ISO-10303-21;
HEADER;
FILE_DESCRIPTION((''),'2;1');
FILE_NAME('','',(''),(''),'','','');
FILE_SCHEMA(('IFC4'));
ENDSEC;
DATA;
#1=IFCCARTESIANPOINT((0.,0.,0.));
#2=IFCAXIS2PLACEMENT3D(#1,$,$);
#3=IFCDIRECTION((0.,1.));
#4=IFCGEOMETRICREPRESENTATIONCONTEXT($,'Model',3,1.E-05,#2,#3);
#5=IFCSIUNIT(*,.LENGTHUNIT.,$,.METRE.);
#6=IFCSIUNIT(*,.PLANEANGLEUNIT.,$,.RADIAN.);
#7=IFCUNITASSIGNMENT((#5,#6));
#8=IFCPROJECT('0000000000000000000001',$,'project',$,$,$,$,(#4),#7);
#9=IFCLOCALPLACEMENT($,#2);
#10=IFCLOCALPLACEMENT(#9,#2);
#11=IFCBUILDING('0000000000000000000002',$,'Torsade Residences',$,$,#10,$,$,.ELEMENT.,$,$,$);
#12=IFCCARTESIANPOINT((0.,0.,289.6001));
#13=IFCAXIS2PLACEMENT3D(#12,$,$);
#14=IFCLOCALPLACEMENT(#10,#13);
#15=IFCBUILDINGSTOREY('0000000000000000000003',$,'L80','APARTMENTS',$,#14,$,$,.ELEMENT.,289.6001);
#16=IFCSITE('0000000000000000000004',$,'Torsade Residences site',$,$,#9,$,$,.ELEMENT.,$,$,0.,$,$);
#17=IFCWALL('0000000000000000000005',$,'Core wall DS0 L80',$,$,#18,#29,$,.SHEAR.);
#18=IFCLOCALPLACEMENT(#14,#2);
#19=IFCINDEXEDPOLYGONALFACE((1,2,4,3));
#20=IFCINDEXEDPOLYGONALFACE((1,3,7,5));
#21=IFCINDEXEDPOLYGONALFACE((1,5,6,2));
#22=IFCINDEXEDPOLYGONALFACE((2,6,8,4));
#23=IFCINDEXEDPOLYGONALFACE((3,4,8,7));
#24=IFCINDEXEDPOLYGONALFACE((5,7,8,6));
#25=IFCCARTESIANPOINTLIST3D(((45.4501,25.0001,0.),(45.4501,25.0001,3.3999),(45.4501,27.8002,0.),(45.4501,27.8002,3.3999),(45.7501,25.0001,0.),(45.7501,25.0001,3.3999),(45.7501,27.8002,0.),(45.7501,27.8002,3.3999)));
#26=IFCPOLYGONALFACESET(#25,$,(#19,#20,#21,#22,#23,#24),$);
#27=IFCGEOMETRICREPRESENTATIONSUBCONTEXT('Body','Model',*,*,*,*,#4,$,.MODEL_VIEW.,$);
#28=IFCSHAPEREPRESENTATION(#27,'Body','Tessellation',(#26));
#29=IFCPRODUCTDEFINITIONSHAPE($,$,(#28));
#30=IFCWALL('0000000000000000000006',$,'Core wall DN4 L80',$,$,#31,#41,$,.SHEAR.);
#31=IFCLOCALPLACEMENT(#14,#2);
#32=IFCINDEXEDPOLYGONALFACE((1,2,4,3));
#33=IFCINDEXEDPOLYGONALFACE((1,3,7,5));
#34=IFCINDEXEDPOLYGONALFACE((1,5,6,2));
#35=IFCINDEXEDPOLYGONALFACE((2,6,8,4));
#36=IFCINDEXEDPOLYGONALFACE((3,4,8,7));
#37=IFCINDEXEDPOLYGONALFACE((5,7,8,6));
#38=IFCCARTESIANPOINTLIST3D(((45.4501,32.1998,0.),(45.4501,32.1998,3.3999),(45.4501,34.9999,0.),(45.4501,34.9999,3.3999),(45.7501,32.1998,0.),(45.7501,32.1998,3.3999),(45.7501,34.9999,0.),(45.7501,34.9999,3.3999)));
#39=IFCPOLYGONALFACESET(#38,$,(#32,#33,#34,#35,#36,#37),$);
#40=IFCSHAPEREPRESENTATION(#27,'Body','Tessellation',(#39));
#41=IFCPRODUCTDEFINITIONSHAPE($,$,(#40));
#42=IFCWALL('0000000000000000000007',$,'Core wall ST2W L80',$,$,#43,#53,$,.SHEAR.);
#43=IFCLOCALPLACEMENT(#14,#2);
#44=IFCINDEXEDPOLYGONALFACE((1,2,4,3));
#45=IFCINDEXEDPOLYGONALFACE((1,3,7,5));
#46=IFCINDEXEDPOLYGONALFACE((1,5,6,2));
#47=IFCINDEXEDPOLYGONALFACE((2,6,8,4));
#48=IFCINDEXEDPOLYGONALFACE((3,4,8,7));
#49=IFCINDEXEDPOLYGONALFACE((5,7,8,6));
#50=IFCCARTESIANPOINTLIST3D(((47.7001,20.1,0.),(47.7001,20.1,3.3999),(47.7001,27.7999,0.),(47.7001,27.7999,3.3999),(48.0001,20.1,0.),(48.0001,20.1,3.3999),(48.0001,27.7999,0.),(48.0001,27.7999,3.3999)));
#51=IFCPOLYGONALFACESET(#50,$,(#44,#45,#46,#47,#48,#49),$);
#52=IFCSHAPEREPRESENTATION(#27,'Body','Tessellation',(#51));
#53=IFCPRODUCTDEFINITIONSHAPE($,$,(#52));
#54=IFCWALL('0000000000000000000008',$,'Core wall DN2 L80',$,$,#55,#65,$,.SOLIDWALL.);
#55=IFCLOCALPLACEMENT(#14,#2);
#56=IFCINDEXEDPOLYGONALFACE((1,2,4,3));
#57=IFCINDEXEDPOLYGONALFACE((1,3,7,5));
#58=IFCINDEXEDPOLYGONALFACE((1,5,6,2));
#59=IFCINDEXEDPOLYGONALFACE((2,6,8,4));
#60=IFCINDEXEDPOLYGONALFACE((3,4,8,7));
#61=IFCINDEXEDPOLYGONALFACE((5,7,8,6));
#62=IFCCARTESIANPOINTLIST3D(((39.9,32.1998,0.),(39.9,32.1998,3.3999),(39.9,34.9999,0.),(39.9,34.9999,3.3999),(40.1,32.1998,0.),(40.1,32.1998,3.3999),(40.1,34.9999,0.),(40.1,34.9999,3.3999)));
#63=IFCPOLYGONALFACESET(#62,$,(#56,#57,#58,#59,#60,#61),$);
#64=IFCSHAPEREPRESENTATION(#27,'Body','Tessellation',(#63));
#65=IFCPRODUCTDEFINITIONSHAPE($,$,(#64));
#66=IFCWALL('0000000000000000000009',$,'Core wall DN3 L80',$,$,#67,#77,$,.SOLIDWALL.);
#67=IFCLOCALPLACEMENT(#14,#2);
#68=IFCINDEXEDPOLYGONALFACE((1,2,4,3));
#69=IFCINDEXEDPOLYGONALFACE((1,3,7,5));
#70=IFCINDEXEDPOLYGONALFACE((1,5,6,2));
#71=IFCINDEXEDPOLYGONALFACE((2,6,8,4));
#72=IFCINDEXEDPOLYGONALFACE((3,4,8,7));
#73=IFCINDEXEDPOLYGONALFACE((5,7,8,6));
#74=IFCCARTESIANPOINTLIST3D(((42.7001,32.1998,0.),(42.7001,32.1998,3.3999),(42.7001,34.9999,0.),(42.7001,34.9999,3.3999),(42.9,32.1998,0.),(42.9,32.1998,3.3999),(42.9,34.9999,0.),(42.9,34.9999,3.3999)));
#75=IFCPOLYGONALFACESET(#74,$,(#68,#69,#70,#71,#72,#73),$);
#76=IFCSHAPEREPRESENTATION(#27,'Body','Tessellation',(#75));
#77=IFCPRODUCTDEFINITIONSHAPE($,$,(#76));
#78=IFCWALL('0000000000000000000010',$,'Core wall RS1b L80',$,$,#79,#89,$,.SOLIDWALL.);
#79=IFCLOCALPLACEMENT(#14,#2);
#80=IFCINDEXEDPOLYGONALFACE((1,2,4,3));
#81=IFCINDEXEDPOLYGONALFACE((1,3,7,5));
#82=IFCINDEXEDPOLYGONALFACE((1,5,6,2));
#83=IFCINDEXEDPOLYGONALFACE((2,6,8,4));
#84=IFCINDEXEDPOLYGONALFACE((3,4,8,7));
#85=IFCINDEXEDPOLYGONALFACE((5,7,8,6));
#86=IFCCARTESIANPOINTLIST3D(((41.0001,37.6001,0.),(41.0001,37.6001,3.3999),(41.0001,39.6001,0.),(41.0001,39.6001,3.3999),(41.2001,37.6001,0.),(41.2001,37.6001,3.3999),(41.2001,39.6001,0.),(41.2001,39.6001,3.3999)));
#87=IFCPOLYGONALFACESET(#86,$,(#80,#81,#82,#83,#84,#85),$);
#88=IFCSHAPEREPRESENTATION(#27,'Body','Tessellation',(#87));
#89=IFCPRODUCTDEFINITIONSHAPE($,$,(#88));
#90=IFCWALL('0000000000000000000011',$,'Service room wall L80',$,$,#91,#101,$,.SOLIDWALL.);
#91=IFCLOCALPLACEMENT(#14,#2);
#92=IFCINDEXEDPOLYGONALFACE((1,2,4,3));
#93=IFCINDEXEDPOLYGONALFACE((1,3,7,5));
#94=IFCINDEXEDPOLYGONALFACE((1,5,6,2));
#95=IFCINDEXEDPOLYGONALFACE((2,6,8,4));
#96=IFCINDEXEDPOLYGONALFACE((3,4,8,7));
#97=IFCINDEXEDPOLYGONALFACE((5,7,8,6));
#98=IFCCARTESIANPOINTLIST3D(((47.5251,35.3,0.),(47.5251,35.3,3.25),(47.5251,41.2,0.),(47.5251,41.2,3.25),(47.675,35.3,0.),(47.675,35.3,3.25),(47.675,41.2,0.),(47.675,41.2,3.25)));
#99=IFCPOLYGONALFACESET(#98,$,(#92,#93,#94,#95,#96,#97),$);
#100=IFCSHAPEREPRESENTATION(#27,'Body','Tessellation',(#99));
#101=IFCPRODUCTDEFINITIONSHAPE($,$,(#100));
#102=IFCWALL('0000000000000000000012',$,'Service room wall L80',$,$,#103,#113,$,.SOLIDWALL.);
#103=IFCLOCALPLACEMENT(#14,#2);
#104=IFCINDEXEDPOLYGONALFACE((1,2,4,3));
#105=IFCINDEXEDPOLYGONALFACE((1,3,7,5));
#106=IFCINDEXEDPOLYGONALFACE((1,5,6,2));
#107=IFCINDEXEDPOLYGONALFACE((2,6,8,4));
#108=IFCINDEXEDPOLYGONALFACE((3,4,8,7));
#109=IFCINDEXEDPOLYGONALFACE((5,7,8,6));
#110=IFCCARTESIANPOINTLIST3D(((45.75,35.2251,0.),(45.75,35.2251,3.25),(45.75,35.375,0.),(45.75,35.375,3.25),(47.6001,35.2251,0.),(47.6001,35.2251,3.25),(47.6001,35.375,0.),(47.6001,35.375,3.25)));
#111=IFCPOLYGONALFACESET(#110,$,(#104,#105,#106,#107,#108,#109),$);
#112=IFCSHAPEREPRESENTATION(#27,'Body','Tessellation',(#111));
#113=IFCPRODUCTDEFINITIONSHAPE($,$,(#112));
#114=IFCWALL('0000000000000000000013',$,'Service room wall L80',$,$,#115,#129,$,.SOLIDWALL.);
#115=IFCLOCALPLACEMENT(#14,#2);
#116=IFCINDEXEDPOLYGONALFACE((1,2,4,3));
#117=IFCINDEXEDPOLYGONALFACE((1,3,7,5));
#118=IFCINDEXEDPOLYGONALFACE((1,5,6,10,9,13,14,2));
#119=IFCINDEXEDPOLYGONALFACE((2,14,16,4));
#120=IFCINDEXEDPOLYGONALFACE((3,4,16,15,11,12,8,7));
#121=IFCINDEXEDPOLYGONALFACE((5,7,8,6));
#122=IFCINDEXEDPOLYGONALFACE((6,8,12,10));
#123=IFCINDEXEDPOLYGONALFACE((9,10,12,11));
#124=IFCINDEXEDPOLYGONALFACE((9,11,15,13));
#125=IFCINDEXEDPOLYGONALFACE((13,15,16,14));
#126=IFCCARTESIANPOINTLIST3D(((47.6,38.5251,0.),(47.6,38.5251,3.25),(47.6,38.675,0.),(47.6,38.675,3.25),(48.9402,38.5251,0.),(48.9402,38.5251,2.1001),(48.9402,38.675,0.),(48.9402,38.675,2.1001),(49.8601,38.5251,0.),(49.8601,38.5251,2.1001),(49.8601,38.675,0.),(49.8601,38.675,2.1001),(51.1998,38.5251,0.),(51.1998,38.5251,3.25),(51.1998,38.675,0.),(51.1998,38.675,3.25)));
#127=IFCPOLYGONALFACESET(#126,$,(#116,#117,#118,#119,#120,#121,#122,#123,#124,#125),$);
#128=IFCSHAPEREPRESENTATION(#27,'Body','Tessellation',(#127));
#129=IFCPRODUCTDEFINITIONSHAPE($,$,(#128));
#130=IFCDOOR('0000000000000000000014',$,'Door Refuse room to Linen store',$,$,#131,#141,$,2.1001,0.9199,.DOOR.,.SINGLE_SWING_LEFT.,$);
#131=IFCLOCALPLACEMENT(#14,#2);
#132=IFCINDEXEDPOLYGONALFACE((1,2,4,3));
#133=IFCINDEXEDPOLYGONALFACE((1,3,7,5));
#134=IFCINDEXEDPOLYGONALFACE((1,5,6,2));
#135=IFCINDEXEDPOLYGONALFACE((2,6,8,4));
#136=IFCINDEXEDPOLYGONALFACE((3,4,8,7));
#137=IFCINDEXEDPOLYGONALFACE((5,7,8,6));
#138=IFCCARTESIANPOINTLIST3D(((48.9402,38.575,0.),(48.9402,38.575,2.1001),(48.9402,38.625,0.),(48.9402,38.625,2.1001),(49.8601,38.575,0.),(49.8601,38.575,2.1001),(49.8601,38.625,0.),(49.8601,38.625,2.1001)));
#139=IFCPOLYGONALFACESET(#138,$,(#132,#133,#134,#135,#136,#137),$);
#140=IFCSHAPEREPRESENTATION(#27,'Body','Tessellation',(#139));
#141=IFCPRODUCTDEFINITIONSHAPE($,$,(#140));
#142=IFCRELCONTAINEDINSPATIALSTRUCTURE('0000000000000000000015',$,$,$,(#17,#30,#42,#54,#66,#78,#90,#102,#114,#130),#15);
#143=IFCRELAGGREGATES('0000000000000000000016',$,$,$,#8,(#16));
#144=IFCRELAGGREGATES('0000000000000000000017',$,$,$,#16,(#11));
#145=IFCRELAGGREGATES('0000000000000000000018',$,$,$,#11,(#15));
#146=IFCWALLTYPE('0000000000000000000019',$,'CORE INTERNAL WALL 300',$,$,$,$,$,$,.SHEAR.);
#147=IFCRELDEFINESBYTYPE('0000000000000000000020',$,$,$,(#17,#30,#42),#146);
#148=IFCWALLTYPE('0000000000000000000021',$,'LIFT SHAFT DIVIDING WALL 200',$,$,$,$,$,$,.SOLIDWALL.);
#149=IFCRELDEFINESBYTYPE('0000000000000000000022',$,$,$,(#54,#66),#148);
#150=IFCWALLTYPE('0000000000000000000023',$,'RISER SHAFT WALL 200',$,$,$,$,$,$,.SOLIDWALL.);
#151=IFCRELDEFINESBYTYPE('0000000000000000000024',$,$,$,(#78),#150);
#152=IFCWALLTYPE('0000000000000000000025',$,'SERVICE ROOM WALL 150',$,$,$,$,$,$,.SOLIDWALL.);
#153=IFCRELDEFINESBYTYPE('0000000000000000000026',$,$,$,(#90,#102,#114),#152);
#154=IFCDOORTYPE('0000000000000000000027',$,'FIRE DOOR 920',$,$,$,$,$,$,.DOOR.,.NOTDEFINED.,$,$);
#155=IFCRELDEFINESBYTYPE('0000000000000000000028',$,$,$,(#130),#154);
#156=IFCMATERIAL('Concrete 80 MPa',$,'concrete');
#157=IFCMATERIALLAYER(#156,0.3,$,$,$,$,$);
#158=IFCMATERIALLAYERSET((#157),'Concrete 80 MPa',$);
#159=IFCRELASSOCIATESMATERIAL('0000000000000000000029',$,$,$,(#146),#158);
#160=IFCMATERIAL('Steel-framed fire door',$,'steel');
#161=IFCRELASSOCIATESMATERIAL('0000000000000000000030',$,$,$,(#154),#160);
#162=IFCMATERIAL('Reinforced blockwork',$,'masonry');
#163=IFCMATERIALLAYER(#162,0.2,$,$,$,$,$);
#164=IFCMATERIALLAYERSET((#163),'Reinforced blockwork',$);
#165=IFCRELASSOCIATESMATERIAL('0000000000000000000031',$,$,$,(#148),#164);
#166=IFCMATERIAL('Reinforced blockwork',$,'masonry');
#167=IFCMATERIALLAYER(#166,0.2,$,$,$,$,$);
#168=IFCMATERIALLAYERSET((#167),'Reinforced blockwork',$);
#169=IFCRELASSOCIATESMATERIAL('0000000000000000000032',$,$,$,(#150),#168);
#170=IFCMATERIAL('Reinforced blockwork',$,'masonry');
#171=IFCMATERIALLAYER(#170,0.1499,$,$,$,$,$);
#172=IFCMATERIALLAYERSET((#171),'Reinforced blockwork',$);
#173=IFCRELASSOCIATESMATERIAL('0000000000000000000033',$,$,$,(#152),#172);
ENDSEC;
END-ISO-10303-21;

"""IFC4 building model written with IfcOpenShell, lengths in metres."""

from ifc_helpers import new_model, si_unit, direction, frame, frame_2d, origin, place, context, subcontext, project, spatial, rectangle, extrude, material, layer, layer_set, type_object, element, fill, save


model = new_model("IFC4")

# Units and contexts
model_context = context("Model", 3, precision=1e-05, world=origin(), true_north=direction((0.0, 1.0)))
body_context = subcontext(model_context, "Body", "Model", "MODEL_VIEW")
ifc_project = project(units=[si_unit("LENGTHUNIT", "METRE"), si_unit("PLANEANGLEUNIT", "RADIAN")], contexts=[model_context])

# Site, building, storey
site_placement = place(None, origin())
site = spatial("IfcSite", under=ifc_project, at=site_placement, Name="Torsade Residences site", CompositionType="ELEMENT", RefElevation=0.0)
building_placement = place(site_placement, origin())
building = spatial("IfcBuilding", under=site, at=building_placement, Name="Torsade Residences", CompositionType="ELEMENT")
storey_placement = place(building_placement, frame((0.0, 0.0, 289.6001)))
storey = spatial("IfcBuildingStorey", under=building, at=storey_placement, Name="L80", Description="APARTMENTS", CompositionType="ELEMENT", Elevation=289.6001)

# Shared definitions
ifc_material_1 = material(Name="Concrete 80 MPa", Category="concrete")
ifc_layer_1 = layer(ifc_material_1, 0.3)
ifc_layer_set_1 = layer_set([ifc_layer_1], Name="Concrete 80 MPa")
wall_type_1 = type_object("IfcWallType", Name="CORE INTERNAL WALL 300", PredefinedType="SHEAR", material=ifc_layer_set_1)
ifc_material_2 = material(Name="Steel-framed fire door", Category="steel")
door_type_1 = type_object("IfcDoorType", Name="FIRE DOOR 920", OperationType="NOTDEFINED", PredefinedType="DOOR", material=ifc_material_2)

# Walls
for number, where, z_axis, x_axis, name in (
    (1, (45.6001, 27.8, 0.0), (0.0, 0.0, 1.0), (0.0, -1.0, 0.0), "Core wall DS0 L80"),
    (2, (45.6001, 32.2, 0.0), (0.0, 0.0, 1.0), (0.0, 1.0, 0.0), "Core wall DN4 L80"),
):
    element("IfcWall", number, at=place(storey_placement, frame(where, z_axis=z_axis, x_axis=x_axis)), inside=storey, type_object=wall_type_1, Name=name, PredefinedType="SHEAR", context=body_context, shape_type="SweptSolid", body=[
        extrude(rectangle(XDim=2.8, YDim=0.3, at=frame_2d((1.3999, 0.0))), origin(), (0.0, 0.0, 1.0), 3.3999),
    ])
wall_1_placement = place(storey_placement, frame((47.8501, 27.8, 0.0), z_axis=(0.0, 0.0, 1.0), x_axis=(0.0, -1.0, 0.0)))
element("IfcWall", 3, at=wall_1_placement, inside=storey, type_object=wall_type_1, Name="Core wall ST2W L80", PredefinedType="SHEAR", context=body_context, shape_type="SweptSolid", body=[
    extrude(rectangle(XDim=7.7, YDim=0.3, at=frame_2d((3.8501, 0.0))), origin(), (0.0, 0.0, 1.0), 3.3999),
])
ifc_material_3 = material(Name="Reinforced blockwork", Category="masonry")
ifc_layer_2 = layer(ifc_material_3, 0.2)
ifc_layer_set_2 = layer_set([ifc_layer_2], Name="Reinforced blockwork")
wall_type_2 = type_object("IfcWallType", Name="LIFT SHAFT DIVIDING WALL 200", PredefinedType="SOLIDWALL", material=ifc_layer_set_2)
for number, where, z_axis, x_axis, name in (
    (4, (40.0, 32.2, 0.0), (0.0, 0.0, 1.0), (0.0, 1.0, 0.0), "Core wall DN2 L80"),
    (5, (42.8, 32.2, 0.0), (0.0, 0.0, 1.0), (0.0, 1.0, 0.0), "Core wall DN3 L80"),
):
    element("IfcWall", number, at=place(storey_placement, frame(where, z_axis=z_axis, x_axis=x_axis)), inside=storey, type_object=wall_type_2, Name=name, PredefinedType="SOLIDWALL", context=body_context, shape_type="SweptSolid", body=[
        extrude(rectangle(XDim=2.8, YDim=0.2, at=frame_2d((1.3999, 0.0))), origin(), (0.0, 0.0, 1.0), 3.3999),
    ])
ifc_material_4 = material(Name="Reinforced blockwork", Category="masonry")
ifc_layer_3 = layer(ifc_material_4, 0.2)
ifc_layer_set_3 = layer_set([ifc_layer_3], Name="Reinforced blockwork")
wall_type_3 = type_object("IfcWallType", Name="RISER SHAFT WALL 200", PredefinedType="SOLIDWALL", material=ifc_layer_set_3)
wall_2_placement = place(storey_placement, frame((41.1001, 37.6001, 0.0), z_axis=(0.0, 0.0, 1.0), x_axis=(0.0, 1.0, 0.0)))
element("IfcWall", 6, at=wall_2_placement, inside=storey, type_object=wall_type_3, Name="Core wall RS1b L80", PredefinedType="SOLIDWALL", context=body_context, shape_type="SweptSolid", body=[
    extrude(rectangle(XDim=2.0, YDim=0.2, at=frame_2d((1.0, 0.0))), origin(), (0.0, 0.0, 1.0), 3.3999),
])
ifc_material_5 = material(Name="Reinforced blockwork", Category="masonry")
ifc_layer_4 = layer(ifc_material_5, 0.1499)
ifc_layer_set_4 = layer_set([ifc_layer_4], Name="Reinforced blockwork")
wall_type_4 = type_object("IfcWallType", Name="SERVICE ROOM WALL 150", PredefinedType="SOLIDWALL", material=ifc_layer_set_4)
wall_3_placement = place(storey_placement, frame((47.6001, 41.2, 0.0), z_axis=(0.0, 0.0, 1.0), x_axis=(0.0, -1.0, 0.0)))
element("IfcWall", 7, at=wall_3_placement, inside=storey, type_object=wall_type_4, Name="Service room wall L80", PredefinedType="SOLIDWALL", context=body_context, shape_type="SweptSolid", body=[
    extrude(rectangle(XDim=5.8999, YDim=0.1499, at=frame_2d((2.95, 0.0))), origin(), (0.0, 0.0, 1.0), 3.25),
])
wall_4_placement = place(storey_placement, frame((47.6001, 35.3, 0.0), z_axis=(0.0, 0.0, 1.0), x_axis=(-1.0, 0.0, 0.0)))
element("IfcWall", 8, at=wall_4_placement, inside=storey, type_object=wall_type_4, Name="Service room wall L80", PredefinedType="SOLIDWALL", context=body_context, shape_type="SweptSolid", body=[
    extrude(rectangle(XDim=1.8501, YDim=0.1499, at=frame_2d((0.925, 0.0))), origin(), (0.0, 0.0, 1.0), 3.25),
])

# Wall, opening, door
wall_5_placement = place(storey_placement, frame((47.6001, 38.6001, 0.0), z_axis=(0.0, 0.0, 1.0), x_axis=(1.0, 0.0, 0.0)))
wall_5 = element("IfcWall", 9, at=wall_5_placement, inside=storey, type_object=wall_type_4, Name="Service room wall L80", PredefinedType="SOLIDWALL", context=body_context, shape_type="SweptSolid", body=[
    extrude(rectangle(XDim=3.5999, YDim=0.1499, at=frame_2d((1.7998, 0.0))), origin(), (0.0, 0.0, 1.0), 3.25),
])
opening_1_placement = place(wall_5_placement, frame((1.3401, 0.0, 0.0)))
opening_1 = element("IfcOpeningElement", 10, at=opening_1_placement, cuts=wall_5, PredefinedType="OPENING", context=body_context, shape_type="SweptSolid", body=[
    extrude(rectangle(XDim=0.9199, YDim=2.1001, at=frame_2d((0.46, 1.05))), frame((0.0, 0.085, 0.0), z_axis=(0.0, -1.0, 0.0), x_axis=(1.0, 0.0, 0.0)), (0.0, 0.0, 1.0), 0.1699),
])
door_1_placement = place(opening_1_placement, origin())
door_1 = element("IfcDoor", 11, at=door_1_placement, inside=storey, type_object=door_type_1, Name="Door Refuse room to Linen store", OperationType="SINGLE_SWING_LEFT", OverallHeight=2.1001, OverallWidth=0.9199, PredefinedType="DOOR", context=body_context, shape_type="SweptSolid", body=[
    extrude(rectangle(XDim=0.9199, YDim=2.1001, at=frame_2d((0.46, 1.05))), frame((0.0, 0.0249, 0.0), z_axis=(0.0, -1.0, 0.0), x_axis=(1.0, 0.0, 0.0)), (0.0, 0.0, 1.0), 0.05),
])
fill(opening_1, door_1)

save(model, "model.ifc")
